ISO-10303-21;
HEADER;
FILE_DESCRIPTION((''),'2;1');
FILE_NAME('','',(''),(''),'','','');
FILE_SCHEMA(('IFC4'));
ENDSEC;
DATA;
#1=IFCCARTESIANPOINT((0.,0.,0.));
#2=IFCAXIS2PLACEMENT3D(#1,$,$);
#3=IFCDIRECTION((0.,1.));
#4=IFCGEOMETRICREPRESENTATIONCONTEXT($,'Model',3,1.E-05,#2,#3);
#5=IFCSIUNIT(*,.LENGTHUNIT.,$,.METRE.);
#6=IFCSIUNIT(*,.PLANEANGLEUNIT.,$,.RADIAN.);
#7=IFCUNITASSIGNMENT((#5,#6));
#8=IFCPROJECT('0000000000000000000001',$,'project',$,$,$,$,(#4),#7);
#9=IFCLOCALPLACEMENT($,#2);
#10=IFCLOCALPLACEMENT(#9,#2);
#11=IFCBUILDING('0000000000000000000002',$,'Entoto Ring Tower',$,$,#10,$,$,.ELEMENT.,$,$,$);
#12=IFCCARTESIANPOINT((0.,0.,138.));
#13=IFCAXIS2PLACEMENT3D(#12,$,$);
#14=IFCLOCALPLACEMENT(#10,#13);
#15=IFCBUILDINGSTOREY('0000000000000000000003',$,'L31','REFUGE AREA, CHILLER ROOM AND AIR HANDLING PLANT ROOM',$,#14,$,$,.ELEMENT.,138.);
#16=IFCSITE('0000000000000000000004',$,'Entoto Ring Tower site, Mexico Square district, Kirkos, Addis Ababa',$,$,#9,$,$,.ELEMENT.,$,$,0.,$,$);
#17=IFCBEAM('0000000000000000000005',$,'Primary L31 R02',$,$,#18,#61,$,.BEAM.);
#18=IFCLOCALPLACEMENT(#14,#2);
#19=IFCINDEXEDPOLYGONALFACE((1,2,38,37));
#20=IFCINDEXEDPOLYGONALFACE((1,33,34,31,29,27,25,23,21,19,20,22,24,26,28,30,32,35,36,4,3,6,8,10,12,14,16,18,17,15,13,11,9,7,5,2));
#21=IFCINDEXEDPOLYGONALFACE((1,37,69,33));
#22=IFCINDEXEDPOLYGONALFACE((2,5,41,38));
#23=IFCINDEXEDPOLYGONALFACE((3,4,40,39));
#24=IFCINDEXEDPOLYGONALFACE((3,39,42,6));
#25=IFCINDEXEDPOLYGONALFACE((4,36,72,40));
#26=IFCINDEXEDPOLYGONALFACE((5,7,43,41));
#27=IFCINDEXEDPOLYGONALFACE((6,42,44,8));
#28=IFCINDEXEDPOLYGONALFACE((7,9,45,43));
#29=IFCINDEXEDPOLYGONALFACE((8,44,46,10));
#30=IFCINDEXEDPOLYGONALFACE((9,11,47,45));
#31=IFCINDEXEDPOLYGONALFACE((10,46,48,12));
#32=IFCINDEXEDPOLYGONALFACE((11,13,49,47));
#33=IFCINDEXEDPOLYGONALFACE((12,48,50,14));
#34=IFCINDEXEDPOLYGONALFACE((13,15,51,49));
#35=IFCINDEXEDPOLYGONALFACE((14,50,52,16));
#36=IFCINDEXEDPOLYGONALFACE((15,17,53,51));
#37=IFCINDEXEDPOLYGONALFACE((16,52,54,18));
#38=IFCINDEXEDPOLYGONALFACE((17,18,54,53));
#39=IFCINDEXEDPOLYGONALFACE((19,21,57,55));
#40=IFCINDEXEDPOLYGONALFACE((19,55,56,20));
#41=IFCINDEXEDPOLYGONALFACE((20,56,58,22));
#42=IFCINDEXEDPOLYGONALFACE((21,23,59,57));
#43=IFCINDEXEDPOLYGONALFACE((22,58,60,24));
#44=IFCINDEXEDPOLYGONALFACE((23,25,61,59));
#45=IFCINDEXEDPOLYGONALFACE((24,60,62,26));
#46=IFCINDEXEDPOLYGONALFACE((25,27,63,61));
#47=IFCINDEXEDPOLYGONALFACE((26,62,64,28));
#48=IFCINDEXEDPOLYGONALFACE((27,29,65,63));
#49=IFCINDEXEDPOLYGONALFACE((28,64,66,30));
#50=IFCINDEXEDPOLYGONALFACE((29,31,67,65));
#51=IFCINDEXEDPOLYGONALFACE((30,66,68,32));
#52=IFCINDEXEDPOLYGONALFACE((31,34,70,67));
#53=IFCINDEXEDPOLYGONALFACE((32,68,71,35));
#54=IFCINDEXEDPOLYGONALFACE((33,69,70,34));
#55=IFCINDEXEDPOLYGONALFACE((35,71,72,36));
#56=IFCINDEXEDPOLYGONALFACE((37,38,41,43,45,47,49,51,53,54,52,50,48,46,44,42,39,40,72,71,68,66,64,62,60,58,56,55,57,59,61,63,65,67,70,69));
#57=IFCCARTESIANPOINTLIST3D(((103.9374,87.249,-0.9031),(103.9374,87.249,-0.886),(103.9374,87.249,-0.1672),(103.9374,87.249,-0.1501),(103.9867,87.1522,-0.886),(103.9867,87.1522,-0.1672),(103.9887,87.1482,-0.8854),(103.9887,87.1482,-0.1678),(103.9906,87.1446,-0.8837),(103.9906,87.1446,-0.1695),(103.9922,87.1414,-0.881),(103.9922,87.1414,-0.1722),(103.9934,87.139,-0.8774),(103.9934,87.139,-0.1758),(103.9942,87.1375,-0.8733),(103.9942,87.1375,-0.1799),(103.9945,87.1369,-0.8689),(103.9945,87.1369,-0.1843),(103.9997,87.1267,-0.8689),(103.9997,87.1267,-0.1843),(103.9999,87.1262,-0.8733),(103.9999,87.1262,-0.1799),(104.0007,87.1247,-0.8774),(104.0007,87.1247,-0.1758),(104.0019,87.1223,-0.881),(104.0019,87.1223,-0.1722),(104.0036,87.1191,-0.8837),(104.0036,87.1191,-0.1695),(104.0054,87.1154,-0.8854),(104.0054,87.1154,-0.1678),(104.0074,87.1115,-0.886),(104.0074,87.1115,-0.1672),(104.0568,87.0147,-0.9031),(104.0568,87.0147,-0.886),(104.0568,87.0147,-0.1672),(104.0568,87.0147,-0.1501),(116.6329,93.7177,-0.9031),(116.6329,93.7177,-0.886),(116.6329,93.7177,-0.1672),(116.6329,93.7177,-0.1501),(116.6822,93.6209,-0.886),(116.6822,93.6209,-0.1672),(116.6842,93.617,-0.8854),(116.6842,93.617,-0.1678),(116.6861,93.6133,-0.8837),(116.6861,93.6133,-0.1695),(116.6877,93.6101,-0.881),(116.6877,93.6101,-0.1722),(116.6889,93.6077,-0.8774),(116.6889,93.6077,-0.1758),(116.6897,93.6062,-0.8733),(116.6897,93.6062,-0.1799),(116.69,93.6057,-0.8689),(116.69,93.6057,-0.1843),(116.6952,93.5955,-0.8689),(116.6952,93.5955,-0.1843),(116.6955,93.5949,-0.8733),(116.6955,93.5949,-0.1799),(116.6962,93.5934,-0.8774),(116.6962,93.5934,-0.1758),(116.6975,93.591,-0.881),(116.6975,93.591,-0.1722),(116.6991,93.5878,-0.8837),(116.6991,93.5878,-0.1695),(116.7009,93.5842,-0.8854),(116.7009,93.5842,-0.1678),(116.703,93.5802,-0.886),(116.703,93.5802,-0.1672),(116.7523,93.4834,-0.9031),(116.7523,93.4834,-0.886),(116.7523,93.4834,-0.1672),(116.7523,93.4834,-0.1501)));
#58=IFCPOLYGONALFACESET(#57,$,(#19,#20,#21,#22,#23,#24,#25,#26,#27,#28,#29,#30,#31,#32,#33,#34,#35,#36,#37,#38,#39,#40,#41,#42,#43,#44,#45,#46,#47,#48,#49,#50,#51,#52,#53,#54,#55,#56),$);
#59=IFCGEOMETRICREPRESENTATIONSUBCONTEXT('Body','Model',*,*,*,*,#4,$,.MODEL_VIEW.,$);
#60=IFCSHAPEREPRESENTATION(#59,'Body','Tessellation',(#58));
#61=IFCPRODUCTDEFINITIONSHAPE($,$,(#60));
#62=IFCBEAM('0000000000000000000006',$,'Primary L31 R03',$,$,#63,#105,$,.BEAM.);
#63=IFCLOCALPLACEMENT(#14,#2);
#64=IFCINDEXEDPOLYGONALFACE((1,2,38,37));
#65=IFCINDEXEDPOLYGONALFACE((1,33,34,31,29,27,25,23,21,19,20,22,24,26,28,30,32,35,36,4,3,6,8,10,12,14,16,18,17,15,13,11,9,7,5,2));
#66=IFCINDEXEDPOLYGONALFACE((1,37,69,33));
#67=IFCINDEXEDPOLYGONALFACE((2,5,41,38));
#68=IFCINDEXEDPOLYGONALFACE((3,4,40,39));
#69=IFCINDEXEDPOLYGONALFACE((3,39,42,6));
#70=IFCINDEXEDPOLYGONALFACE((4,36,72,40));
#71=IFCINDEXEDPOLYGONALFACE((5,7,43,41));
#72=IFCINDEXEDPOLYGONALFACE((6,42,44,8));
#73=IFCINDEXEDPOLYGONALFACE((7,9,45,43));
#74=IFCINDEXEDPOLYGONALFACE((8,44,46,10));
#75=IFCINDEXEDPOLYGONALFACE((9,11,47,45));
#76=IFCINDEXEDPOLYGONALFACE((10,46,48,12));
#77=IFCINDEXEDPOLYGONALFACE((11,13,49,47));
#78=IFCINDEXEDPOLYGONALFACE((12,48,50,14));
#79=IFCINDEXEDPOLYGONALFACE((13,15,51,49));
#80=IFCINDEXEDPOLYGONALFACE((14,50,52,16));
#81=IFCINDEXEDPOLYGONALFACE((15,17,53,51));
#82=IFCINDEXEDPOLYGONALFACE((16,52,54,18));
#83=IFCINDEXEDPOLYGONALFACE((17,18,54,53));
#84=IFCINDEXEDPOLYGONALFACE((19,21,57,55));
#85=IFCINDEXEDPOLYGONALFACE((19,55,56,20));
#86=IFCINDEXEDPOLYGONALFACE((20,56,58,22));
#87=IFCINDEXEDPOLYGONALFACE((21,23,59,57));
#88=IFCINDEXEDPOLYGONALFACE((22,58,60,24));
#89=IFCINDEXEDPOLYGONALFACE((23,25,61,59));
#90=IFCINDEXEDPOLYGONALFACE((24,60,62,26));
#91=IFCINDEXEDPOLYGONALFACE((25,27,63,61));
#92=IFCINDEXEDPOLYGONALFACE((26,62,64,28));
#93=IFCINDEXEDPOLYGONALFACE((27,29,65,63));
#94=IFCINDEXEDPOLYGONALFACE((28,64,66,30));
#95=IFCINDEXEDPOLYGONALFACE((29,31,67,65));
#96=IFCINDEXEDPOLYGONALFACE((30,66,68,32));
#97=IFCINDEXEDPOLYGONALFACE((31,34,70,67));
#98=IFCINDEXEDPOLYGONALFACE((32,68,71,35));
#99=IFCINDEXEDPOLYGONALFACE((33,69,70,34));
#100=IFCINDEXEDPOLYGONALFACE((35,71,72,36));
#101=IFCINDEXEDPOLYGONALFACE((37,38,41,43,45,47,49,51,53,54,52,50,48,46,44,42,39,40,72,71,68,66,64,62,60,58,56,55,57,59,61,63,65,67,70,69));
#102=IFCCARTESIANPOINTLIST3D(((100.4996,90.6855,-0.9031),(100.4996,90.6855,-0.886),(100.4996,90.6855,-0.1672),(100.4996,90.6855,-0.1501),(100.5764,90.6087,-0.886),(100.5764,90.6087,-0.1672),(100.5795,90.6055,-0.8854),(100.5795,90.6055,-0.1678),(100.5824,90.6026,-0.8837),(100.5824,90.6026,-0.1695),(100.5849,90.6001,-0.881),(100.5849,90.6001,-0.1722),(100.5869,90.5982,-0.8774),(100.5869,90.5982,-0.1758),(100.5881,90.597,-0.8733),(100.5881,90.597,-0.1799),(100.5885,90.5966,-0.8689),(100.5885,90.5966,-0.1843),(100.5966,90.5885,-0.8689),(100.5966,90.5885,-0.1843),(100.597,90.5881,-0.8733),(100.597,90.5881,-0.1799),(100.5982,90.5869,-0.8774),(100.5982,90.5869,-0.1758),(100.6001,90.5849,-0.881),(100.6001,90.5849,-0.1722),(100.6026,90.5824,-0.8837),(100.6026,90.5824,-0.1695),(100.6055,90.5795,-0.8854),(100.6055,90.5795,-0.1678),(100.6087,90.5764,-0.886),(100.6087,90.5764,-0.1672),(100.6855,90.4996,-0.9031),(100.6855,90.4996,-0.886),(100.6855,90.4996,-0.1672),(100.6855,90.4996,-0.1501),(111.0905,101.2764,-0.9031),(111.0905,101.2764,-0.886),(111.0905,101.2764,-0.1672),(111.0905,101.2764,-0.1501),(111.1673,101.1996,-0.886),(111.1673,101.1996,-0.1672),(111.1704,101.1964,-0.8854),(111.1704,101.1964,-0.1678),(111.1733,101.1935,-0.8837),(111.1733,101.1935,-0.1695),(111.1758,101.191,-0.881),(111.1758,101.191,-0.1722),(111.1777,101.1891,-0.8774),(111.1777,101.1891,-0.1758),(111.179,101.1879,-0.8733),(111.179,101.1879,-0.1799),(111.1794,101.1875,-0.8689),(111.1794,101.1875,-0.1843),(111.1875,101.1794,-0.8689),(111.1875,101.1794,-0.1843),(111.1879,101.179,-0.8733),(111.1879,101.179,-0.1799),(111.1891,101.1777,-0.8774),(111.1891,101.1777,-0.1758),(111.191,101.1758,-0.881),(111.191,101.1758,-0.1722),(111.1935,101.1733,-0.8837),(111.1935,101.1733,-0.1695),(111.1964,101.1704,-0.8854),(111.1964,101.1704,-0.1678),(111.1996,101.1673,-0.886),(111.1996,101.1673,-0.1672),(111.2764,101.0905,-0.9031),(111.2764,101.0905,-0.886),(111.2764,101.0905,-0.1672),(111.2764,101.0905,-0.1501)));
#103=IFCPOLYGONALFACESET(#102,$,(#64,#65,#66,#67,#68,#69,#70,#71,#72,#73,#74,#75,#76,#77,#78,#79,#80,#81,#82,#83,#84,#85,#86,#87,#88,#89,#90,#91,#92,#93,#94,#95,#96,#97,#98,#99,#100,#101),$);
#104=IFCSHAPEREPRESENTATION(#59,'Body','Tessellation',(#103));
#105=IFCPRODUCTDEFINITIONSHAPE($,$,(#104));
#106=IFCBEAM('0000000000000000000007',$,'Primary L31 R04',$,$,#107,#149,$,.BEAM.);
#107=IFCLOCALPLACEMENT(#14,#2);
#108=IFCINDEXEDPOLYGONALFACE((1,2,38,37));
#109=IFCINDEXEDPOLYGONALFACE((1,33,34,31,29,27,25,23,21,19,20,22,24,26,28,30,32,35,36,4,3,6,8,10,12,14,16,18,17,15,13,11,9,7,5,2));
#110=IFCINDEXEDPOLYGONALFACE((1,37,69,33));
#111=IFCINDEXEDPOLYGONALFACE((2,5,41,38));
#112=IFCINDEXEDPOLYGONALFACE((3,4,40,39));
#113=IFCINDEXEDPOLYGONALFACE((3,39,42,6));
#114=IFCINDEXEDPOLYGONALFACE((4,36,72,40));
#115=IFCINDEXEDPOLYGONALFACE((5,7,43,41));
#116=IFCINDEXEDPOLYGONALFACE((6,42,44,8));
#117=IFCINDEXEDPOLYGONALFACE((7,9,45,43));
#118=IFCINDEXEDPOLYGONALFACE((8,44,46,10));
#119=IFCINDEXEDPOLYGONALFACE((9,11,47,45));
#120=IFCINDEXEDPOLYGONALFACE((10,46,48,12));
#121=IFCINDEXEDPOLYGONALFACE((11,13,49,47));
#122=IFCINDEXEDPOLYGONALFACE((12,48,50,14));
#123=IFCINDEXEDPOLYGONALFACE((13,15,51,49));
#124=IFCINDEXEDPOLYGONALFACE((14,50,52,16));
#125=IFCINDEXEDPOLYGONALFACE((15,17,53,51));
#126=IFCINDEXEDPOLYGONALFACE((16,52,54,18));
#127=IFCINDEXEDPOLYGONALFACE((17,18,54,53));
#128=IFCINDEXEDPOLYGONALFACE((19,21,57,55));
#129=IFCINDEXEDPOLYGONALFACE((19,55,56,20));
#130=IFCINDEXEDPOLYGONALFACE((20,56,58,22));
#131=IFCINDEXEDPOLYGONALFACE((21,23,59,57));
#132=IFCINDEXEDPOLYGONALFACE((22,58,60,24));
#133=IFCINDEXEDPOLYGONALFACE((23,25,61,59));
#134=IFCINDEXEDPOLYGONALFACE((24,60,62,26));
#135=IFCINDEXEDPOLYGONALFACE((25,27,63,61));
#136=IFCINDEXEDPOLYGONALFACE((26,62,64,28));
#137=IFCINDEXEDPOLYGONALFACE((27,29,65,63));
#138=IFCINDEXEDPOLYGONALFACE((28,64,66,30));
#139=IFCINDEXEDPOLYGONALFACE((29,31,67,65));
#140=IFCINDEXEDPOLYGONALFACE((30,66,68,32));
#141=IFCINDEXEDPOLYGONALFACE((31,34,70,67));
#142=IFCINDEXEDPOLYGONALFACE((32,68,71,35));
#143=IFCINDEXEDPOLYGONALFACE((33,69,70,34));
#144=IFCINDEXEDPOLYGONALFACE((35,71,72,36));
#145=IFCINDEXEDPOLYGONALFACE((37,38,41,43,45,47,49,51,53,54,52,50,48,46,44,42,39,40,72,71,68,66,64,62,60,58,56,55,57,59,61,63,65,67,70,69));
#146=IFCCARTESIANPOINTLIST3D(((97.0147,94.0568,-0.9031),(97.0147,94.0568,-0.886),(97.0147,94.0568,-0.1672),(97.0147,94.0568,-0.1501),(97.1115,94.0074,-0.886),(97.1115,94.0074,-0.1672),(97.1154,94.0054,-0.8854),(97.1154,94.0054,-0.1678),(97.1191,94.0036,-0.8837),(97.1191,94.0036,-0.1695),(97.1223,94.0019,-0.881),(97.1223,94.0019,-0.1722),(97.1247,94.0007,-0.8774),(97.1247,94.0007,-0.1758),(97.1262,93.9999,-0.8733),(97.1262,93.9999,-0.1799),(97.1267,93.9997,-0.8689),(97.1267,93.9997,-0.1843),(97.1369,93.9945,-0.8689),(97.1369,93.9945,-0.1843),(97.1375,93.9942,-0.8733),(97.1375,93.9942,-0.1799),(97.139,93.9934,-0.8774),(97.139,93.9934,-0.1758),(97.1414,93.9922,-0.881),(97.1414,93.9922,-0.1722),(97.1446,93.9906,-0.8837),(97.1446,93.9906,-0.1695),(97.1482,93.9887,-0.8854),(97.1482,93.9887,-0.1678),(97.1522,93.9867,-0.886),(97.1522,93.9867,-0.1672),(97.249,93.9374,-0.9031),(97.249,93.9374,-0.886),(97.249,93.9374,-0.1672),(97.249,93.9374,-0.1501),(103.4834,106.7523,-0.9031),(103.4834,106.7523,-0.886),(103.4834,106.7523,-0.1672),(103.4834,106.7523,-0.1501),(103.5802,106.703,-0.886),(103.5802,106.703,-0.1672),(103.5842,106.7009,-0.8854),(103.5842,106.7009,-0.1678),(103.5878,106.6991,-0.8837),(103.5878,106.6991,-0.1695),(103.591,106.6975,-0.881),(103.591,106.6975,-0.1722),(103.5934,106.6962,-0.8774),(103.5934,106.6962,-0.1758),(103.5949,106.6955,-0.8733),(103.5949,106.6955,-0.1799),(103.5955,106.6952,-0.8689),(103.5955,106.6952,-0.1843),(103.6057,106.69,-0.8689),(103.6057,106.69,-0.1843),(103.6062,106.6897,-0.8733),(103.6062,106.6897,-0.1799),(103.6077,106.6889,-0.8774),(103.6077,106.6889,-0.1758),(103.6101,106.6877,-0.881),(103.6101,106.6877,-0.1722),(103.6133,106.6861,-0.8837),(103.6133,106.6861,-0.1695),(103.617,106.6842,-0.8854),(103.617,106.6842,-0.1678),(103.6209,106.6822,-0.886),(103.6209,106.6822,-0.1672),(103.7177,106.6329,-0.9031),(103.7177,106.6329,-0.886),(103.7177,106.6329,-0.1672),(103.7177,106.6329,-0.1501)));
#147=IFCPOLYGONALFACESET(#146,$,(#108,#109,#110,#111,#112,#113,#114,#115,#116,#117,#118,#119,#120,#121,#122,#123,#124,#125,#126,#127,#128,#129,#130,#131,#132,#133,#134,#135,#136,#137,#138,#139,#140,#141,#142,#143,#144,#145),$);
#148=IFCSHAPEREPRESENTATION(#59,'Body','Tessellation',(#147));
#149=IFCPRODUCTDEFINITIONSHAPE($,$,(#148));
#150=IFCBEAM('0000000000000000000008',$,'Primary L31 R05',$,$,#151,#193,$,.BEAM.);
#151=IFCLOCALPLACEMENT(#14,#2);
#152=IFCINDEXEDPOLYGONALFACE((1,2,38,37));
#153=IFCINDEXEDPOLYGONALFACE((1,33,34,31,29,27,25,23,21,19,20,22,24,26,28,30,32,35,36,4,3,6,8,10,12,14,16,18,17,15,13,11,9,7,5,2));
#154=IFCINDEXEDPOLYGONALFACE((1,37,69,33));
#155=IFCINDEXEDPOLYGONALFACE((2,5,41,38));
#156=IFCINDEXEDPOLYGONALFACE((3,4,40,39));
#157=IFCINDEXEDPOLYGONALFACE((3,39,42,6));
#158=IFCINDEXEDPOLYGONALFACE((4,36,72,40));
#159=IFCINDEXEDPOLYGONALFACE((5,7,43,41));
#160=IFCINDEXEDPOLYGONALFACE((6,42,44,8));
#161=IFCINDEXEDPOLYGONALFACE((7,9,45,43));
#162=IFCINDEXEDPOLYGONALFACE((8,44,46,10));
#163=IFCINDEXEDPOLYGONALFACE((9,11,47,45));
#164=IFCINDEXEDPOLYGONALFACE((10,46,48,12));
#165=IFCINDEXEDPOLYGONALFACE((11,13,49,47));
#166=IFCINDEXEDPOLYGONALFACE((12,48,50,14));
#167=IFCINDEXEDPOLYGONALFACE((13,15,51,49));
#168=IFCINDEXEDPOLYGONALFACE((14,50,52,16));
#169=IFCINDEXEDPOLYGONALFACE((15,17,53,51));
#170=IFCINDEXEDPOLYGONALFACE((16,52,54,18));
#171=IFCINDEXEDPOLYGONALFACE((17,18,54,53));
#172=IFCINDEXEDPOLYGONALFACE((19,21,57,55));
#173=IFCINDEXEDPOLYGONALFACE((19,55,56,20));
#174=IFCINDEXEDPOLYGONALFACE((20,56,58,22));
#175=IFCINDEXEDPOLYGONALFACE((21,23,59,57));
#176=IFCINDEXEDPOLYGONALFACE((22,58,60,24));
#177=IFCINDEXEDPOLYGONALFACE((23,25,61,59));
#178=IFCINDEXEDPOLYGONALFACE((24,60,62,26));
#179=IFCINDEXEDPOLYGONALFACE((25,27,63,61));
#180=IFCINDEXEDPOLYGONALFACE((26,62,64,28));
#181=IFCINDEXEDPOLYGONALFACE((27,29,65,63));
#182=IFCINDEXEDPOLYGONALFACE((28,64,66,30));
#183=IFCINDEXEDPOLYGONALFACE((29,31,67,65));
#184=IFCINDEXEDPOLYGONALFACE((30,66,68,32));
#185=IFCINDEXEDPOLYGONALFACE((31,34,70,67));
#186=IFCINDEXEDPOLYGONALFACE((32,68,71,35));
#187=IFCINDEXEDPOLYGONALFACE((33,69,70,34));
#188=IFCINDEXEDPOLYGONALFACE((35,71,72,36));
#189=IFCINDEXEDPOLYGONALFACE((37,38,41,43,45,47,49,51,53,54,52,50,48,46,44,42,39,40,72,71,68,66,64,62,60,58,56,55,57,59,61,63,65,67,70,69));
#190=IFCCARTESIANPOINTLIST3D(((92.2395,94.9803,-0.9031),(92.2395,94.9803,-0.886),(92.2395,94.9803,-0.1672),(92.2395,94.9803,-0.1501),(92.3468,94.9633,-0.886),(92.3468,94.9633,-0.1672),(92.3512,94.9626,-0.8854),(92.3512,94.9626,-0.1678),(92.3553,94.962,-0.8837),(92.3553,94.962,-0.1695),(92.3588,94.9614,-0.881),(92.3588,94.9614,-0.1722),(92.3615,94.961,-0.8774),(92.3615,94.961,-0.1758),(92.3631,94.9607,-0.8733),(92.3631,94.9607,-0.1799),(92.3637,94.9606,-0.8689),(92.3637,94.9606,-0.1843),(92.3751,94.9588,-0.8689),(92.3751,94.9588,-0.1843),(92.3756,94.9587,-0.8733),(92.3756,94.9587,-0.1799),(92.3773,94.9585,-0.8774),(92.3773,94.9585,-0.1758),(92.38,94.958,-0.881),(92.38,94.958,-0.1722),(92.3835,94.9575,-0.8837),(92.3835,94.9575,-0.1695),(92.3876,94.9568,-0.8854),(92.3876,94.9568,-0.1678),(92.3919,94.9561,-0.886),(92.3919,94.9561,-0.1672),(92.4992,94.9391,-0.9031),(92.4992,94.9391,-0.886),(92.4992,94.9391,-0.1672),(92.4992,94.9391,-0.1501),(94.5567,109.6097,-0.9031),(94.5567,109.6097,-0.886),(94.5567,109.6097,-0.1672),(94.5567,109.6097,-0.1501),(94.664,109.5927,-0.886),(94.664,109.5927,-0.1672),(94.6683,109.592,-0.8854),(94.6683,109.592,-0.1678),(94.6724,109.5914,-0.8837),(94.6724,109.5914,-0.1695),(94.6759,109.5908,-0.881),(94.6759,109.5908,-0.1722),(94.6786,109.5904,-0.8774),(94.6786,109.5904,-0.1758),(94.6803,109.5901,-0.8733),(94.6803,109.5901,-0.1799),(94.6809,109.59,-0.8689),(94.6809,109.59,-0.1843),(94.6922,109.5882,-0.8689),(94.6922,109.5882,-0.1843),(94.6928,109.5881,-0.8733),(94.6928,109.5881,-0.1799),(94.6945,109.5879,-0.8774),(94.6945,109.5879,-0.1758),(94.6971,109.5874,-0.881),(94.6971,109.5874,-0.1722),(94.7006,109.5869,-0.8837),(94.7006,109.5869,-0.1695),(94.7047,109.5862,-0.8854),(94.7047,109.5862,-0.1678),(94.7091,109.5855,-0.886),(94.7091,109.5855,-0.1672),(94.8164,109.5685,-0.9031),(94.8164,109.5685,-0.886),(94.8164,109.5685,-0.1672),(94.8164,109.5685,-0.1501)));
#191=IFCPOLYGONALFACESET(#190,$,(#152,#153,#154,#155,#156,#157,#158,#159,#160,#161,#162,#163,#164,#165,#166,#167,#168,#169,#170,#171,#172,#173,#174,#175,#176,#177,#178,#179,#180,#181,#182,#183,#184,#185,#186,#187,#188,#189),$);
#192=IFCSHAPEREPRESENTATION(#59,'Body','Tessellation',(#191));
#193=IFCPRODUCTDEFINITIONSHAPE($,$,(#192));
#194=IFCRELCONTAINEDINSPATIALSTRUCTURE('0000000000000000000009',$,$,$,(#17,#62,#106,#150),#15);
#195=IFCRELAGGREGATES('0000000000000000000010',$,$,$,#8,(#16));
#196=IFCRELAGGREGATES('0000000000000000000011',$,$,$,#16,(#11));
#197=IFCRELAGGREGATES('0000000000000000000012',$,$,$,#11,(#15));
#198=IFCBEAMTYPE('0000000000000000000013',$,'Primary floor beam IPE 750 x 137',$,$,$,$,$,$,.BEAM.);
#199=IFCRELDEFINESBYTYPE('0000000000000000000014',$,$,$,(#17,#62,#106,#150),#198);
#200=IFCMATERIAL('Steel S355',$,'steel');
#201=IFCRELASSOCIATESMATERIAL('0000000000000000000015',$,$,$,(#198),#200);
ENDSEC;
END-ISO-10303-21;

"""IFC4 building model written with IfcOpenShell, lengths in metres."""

from ifc_helpers import new_model, si_unit, direction, frame, origin, origin_2d, place, context, subcontext, project, spatial, i_section, extrude, material, material_profile, profile_set, type_object, element, save


model = new_model("IFC4")

# Units and contexts
model_context = context("Model", 3, precision=1e-05, world=origin(), true_north=direction((0.0, 1.0)))
body_context = subcontext(model_context, "Body", "Model", "MODEL_VIEW")
ifc_project = project(units=[si_unit("LENGTHUNIT", "METRE"), si_unit("PLANEANGLEUNIT", "RADIAN")], contexts=[model_context])

# Site, building, storey
site_placement = place(None, origin())
site = spatial("IfcSite", under=ifc_project, at=site_placement, Name="Entoto Ring Tower site, Mexico Square district, Kirkos, Addis Ababa", CompositionType="ELEMENT", RefElevation=0.0)
building_placement = place(site_placement, origin())
building = spatial("IfcBuilding", under=site, at=building_placement, Name="Entoto Ring Tower", CompositionType="ELEMENT")
storey_placement = place(building_placement, frame((0.0, 0.0, 138.0)))
storey = spatial("IfcBuildingStorey", under=building, at=storey_placement, Name="L31", Description="REFUGE AREA, CHILLER ROOM AND AIR HANDLING PLANT ROOM", CompositionType="ELEMENT", Elevation=138.0)

# Beams
ifc_material_1 = material(Name="Steel S355", Category="steel")
ifc_material_profile_1 = material_profile(ifc_material_1, i_section(OverallWidth=0.2629, OverallDepth=0.7529, WebThickness=0.0115, FlangeThickness=0.0171, FilletRadius=0.0171, at=origin_2d()), Name="IPE 750 x 137")
ifc_profile_set_1 = profile_set([ifc_material_profile_1], Name="Steel S355")
beam_type_1 = type_object("IfcBeamType", Name="Primary floor beam IPE 750 x 137", PredefinedType="BEAM", material=ifc_profile_set_1)
beam_1_placement = place(storey_placement, frame((103.9971, 87.1318, -0.5266), z_axis=(0.891005, 0.453993, 0.0), x_axis=(-0.453993, 0.891005, 0.0)))
element("IfcBeam", 1, at=beam_1_placement, inside=storey, type_object=beam_type_1, Name="Primary L31 R02", PredefinedType="BEAM", context=body_context, shape_type="SweptSolid", body=[
    extrude(i_section(OverallWidth=0.2629, OverallDepth=0.7529, WebThickness=0.0115, FlangeThickness=0.0171, FilletRadius=0.0171, at=origin_2d()), origin(), (0.0, 0.0, 1.0), 14.2485),
])
beam_2_placement = place(storey_placement, frame((100.5925, 90.5925, -0.5266), z_axis=(0.707107, 0.707107, 0.0), x_axis=(-0.707107, 0.707107, 0.0)))
element("IfcBeam", 2, at=beam_2_placement, inside=storey, type_object=beam_type_1, Name="Primary L31 R03", PredefinedType="BEAM", context=body_context, shape_type="SweptSolid", body=[
    extrude(i_section(OverallWidth=0.2629, OverallDepth=0.7529, WebThickness=0.0115, FlangeThickness=0.0171, FilletRadius=0.0171, at=origin_2d()), origin(), (0.0, 0.0, 1.0), 14.9778),
])
beam_3_placement = place(storey_placement, frame((97.1318, 93.9971, -0.5266), z_axis=(0.453993, 0.891005, 0.0), x_axis=(-0.891005, 0.453993, 0.0)))
element("IfcBeam", 3, at=beam_3_placement, inside=storey, type_object=beam_type_1, Name="Primary L31 R04", PredefinedType="BEAM", context=body_context, shape_type="SweptSolid", body=[
    extrude(i_section(OverallWidth=0.2629, OverallDepth=0.7529, WebThickness=0.0115, FlangeThickness=0.0171, FilletRadius=0.0171, at=origin_2d()), origin(), (0.0, 0.0, 1.0), 14.2485),
])
beam_4_placement = place(storey_placement, frame((92.3694, 94.9597, -0.5266), z_axis=(0.156439, 0.987688, 0.0), x_axis=(-0.987688, 0.156439, 0.0)))
element("IfcBeam", 4, at=beam_4_placement, inside=storey, type_object=beam_type_1, Name="Primary L31 R05", PredefinedType="BEAM", context=body_context, shape_type="SweptSolid", body=[
    extrude(i_section(OverallWidth=0.2629, OverallDepth=0.7529, WebThickness=0.0115, FlangeThickness=0.0171, FilletRadius=0.0171, at=origin_2d()), origin(), (0.0, 0.0, 1.0), 14.8118),
])

save(model, "model.ifc")
